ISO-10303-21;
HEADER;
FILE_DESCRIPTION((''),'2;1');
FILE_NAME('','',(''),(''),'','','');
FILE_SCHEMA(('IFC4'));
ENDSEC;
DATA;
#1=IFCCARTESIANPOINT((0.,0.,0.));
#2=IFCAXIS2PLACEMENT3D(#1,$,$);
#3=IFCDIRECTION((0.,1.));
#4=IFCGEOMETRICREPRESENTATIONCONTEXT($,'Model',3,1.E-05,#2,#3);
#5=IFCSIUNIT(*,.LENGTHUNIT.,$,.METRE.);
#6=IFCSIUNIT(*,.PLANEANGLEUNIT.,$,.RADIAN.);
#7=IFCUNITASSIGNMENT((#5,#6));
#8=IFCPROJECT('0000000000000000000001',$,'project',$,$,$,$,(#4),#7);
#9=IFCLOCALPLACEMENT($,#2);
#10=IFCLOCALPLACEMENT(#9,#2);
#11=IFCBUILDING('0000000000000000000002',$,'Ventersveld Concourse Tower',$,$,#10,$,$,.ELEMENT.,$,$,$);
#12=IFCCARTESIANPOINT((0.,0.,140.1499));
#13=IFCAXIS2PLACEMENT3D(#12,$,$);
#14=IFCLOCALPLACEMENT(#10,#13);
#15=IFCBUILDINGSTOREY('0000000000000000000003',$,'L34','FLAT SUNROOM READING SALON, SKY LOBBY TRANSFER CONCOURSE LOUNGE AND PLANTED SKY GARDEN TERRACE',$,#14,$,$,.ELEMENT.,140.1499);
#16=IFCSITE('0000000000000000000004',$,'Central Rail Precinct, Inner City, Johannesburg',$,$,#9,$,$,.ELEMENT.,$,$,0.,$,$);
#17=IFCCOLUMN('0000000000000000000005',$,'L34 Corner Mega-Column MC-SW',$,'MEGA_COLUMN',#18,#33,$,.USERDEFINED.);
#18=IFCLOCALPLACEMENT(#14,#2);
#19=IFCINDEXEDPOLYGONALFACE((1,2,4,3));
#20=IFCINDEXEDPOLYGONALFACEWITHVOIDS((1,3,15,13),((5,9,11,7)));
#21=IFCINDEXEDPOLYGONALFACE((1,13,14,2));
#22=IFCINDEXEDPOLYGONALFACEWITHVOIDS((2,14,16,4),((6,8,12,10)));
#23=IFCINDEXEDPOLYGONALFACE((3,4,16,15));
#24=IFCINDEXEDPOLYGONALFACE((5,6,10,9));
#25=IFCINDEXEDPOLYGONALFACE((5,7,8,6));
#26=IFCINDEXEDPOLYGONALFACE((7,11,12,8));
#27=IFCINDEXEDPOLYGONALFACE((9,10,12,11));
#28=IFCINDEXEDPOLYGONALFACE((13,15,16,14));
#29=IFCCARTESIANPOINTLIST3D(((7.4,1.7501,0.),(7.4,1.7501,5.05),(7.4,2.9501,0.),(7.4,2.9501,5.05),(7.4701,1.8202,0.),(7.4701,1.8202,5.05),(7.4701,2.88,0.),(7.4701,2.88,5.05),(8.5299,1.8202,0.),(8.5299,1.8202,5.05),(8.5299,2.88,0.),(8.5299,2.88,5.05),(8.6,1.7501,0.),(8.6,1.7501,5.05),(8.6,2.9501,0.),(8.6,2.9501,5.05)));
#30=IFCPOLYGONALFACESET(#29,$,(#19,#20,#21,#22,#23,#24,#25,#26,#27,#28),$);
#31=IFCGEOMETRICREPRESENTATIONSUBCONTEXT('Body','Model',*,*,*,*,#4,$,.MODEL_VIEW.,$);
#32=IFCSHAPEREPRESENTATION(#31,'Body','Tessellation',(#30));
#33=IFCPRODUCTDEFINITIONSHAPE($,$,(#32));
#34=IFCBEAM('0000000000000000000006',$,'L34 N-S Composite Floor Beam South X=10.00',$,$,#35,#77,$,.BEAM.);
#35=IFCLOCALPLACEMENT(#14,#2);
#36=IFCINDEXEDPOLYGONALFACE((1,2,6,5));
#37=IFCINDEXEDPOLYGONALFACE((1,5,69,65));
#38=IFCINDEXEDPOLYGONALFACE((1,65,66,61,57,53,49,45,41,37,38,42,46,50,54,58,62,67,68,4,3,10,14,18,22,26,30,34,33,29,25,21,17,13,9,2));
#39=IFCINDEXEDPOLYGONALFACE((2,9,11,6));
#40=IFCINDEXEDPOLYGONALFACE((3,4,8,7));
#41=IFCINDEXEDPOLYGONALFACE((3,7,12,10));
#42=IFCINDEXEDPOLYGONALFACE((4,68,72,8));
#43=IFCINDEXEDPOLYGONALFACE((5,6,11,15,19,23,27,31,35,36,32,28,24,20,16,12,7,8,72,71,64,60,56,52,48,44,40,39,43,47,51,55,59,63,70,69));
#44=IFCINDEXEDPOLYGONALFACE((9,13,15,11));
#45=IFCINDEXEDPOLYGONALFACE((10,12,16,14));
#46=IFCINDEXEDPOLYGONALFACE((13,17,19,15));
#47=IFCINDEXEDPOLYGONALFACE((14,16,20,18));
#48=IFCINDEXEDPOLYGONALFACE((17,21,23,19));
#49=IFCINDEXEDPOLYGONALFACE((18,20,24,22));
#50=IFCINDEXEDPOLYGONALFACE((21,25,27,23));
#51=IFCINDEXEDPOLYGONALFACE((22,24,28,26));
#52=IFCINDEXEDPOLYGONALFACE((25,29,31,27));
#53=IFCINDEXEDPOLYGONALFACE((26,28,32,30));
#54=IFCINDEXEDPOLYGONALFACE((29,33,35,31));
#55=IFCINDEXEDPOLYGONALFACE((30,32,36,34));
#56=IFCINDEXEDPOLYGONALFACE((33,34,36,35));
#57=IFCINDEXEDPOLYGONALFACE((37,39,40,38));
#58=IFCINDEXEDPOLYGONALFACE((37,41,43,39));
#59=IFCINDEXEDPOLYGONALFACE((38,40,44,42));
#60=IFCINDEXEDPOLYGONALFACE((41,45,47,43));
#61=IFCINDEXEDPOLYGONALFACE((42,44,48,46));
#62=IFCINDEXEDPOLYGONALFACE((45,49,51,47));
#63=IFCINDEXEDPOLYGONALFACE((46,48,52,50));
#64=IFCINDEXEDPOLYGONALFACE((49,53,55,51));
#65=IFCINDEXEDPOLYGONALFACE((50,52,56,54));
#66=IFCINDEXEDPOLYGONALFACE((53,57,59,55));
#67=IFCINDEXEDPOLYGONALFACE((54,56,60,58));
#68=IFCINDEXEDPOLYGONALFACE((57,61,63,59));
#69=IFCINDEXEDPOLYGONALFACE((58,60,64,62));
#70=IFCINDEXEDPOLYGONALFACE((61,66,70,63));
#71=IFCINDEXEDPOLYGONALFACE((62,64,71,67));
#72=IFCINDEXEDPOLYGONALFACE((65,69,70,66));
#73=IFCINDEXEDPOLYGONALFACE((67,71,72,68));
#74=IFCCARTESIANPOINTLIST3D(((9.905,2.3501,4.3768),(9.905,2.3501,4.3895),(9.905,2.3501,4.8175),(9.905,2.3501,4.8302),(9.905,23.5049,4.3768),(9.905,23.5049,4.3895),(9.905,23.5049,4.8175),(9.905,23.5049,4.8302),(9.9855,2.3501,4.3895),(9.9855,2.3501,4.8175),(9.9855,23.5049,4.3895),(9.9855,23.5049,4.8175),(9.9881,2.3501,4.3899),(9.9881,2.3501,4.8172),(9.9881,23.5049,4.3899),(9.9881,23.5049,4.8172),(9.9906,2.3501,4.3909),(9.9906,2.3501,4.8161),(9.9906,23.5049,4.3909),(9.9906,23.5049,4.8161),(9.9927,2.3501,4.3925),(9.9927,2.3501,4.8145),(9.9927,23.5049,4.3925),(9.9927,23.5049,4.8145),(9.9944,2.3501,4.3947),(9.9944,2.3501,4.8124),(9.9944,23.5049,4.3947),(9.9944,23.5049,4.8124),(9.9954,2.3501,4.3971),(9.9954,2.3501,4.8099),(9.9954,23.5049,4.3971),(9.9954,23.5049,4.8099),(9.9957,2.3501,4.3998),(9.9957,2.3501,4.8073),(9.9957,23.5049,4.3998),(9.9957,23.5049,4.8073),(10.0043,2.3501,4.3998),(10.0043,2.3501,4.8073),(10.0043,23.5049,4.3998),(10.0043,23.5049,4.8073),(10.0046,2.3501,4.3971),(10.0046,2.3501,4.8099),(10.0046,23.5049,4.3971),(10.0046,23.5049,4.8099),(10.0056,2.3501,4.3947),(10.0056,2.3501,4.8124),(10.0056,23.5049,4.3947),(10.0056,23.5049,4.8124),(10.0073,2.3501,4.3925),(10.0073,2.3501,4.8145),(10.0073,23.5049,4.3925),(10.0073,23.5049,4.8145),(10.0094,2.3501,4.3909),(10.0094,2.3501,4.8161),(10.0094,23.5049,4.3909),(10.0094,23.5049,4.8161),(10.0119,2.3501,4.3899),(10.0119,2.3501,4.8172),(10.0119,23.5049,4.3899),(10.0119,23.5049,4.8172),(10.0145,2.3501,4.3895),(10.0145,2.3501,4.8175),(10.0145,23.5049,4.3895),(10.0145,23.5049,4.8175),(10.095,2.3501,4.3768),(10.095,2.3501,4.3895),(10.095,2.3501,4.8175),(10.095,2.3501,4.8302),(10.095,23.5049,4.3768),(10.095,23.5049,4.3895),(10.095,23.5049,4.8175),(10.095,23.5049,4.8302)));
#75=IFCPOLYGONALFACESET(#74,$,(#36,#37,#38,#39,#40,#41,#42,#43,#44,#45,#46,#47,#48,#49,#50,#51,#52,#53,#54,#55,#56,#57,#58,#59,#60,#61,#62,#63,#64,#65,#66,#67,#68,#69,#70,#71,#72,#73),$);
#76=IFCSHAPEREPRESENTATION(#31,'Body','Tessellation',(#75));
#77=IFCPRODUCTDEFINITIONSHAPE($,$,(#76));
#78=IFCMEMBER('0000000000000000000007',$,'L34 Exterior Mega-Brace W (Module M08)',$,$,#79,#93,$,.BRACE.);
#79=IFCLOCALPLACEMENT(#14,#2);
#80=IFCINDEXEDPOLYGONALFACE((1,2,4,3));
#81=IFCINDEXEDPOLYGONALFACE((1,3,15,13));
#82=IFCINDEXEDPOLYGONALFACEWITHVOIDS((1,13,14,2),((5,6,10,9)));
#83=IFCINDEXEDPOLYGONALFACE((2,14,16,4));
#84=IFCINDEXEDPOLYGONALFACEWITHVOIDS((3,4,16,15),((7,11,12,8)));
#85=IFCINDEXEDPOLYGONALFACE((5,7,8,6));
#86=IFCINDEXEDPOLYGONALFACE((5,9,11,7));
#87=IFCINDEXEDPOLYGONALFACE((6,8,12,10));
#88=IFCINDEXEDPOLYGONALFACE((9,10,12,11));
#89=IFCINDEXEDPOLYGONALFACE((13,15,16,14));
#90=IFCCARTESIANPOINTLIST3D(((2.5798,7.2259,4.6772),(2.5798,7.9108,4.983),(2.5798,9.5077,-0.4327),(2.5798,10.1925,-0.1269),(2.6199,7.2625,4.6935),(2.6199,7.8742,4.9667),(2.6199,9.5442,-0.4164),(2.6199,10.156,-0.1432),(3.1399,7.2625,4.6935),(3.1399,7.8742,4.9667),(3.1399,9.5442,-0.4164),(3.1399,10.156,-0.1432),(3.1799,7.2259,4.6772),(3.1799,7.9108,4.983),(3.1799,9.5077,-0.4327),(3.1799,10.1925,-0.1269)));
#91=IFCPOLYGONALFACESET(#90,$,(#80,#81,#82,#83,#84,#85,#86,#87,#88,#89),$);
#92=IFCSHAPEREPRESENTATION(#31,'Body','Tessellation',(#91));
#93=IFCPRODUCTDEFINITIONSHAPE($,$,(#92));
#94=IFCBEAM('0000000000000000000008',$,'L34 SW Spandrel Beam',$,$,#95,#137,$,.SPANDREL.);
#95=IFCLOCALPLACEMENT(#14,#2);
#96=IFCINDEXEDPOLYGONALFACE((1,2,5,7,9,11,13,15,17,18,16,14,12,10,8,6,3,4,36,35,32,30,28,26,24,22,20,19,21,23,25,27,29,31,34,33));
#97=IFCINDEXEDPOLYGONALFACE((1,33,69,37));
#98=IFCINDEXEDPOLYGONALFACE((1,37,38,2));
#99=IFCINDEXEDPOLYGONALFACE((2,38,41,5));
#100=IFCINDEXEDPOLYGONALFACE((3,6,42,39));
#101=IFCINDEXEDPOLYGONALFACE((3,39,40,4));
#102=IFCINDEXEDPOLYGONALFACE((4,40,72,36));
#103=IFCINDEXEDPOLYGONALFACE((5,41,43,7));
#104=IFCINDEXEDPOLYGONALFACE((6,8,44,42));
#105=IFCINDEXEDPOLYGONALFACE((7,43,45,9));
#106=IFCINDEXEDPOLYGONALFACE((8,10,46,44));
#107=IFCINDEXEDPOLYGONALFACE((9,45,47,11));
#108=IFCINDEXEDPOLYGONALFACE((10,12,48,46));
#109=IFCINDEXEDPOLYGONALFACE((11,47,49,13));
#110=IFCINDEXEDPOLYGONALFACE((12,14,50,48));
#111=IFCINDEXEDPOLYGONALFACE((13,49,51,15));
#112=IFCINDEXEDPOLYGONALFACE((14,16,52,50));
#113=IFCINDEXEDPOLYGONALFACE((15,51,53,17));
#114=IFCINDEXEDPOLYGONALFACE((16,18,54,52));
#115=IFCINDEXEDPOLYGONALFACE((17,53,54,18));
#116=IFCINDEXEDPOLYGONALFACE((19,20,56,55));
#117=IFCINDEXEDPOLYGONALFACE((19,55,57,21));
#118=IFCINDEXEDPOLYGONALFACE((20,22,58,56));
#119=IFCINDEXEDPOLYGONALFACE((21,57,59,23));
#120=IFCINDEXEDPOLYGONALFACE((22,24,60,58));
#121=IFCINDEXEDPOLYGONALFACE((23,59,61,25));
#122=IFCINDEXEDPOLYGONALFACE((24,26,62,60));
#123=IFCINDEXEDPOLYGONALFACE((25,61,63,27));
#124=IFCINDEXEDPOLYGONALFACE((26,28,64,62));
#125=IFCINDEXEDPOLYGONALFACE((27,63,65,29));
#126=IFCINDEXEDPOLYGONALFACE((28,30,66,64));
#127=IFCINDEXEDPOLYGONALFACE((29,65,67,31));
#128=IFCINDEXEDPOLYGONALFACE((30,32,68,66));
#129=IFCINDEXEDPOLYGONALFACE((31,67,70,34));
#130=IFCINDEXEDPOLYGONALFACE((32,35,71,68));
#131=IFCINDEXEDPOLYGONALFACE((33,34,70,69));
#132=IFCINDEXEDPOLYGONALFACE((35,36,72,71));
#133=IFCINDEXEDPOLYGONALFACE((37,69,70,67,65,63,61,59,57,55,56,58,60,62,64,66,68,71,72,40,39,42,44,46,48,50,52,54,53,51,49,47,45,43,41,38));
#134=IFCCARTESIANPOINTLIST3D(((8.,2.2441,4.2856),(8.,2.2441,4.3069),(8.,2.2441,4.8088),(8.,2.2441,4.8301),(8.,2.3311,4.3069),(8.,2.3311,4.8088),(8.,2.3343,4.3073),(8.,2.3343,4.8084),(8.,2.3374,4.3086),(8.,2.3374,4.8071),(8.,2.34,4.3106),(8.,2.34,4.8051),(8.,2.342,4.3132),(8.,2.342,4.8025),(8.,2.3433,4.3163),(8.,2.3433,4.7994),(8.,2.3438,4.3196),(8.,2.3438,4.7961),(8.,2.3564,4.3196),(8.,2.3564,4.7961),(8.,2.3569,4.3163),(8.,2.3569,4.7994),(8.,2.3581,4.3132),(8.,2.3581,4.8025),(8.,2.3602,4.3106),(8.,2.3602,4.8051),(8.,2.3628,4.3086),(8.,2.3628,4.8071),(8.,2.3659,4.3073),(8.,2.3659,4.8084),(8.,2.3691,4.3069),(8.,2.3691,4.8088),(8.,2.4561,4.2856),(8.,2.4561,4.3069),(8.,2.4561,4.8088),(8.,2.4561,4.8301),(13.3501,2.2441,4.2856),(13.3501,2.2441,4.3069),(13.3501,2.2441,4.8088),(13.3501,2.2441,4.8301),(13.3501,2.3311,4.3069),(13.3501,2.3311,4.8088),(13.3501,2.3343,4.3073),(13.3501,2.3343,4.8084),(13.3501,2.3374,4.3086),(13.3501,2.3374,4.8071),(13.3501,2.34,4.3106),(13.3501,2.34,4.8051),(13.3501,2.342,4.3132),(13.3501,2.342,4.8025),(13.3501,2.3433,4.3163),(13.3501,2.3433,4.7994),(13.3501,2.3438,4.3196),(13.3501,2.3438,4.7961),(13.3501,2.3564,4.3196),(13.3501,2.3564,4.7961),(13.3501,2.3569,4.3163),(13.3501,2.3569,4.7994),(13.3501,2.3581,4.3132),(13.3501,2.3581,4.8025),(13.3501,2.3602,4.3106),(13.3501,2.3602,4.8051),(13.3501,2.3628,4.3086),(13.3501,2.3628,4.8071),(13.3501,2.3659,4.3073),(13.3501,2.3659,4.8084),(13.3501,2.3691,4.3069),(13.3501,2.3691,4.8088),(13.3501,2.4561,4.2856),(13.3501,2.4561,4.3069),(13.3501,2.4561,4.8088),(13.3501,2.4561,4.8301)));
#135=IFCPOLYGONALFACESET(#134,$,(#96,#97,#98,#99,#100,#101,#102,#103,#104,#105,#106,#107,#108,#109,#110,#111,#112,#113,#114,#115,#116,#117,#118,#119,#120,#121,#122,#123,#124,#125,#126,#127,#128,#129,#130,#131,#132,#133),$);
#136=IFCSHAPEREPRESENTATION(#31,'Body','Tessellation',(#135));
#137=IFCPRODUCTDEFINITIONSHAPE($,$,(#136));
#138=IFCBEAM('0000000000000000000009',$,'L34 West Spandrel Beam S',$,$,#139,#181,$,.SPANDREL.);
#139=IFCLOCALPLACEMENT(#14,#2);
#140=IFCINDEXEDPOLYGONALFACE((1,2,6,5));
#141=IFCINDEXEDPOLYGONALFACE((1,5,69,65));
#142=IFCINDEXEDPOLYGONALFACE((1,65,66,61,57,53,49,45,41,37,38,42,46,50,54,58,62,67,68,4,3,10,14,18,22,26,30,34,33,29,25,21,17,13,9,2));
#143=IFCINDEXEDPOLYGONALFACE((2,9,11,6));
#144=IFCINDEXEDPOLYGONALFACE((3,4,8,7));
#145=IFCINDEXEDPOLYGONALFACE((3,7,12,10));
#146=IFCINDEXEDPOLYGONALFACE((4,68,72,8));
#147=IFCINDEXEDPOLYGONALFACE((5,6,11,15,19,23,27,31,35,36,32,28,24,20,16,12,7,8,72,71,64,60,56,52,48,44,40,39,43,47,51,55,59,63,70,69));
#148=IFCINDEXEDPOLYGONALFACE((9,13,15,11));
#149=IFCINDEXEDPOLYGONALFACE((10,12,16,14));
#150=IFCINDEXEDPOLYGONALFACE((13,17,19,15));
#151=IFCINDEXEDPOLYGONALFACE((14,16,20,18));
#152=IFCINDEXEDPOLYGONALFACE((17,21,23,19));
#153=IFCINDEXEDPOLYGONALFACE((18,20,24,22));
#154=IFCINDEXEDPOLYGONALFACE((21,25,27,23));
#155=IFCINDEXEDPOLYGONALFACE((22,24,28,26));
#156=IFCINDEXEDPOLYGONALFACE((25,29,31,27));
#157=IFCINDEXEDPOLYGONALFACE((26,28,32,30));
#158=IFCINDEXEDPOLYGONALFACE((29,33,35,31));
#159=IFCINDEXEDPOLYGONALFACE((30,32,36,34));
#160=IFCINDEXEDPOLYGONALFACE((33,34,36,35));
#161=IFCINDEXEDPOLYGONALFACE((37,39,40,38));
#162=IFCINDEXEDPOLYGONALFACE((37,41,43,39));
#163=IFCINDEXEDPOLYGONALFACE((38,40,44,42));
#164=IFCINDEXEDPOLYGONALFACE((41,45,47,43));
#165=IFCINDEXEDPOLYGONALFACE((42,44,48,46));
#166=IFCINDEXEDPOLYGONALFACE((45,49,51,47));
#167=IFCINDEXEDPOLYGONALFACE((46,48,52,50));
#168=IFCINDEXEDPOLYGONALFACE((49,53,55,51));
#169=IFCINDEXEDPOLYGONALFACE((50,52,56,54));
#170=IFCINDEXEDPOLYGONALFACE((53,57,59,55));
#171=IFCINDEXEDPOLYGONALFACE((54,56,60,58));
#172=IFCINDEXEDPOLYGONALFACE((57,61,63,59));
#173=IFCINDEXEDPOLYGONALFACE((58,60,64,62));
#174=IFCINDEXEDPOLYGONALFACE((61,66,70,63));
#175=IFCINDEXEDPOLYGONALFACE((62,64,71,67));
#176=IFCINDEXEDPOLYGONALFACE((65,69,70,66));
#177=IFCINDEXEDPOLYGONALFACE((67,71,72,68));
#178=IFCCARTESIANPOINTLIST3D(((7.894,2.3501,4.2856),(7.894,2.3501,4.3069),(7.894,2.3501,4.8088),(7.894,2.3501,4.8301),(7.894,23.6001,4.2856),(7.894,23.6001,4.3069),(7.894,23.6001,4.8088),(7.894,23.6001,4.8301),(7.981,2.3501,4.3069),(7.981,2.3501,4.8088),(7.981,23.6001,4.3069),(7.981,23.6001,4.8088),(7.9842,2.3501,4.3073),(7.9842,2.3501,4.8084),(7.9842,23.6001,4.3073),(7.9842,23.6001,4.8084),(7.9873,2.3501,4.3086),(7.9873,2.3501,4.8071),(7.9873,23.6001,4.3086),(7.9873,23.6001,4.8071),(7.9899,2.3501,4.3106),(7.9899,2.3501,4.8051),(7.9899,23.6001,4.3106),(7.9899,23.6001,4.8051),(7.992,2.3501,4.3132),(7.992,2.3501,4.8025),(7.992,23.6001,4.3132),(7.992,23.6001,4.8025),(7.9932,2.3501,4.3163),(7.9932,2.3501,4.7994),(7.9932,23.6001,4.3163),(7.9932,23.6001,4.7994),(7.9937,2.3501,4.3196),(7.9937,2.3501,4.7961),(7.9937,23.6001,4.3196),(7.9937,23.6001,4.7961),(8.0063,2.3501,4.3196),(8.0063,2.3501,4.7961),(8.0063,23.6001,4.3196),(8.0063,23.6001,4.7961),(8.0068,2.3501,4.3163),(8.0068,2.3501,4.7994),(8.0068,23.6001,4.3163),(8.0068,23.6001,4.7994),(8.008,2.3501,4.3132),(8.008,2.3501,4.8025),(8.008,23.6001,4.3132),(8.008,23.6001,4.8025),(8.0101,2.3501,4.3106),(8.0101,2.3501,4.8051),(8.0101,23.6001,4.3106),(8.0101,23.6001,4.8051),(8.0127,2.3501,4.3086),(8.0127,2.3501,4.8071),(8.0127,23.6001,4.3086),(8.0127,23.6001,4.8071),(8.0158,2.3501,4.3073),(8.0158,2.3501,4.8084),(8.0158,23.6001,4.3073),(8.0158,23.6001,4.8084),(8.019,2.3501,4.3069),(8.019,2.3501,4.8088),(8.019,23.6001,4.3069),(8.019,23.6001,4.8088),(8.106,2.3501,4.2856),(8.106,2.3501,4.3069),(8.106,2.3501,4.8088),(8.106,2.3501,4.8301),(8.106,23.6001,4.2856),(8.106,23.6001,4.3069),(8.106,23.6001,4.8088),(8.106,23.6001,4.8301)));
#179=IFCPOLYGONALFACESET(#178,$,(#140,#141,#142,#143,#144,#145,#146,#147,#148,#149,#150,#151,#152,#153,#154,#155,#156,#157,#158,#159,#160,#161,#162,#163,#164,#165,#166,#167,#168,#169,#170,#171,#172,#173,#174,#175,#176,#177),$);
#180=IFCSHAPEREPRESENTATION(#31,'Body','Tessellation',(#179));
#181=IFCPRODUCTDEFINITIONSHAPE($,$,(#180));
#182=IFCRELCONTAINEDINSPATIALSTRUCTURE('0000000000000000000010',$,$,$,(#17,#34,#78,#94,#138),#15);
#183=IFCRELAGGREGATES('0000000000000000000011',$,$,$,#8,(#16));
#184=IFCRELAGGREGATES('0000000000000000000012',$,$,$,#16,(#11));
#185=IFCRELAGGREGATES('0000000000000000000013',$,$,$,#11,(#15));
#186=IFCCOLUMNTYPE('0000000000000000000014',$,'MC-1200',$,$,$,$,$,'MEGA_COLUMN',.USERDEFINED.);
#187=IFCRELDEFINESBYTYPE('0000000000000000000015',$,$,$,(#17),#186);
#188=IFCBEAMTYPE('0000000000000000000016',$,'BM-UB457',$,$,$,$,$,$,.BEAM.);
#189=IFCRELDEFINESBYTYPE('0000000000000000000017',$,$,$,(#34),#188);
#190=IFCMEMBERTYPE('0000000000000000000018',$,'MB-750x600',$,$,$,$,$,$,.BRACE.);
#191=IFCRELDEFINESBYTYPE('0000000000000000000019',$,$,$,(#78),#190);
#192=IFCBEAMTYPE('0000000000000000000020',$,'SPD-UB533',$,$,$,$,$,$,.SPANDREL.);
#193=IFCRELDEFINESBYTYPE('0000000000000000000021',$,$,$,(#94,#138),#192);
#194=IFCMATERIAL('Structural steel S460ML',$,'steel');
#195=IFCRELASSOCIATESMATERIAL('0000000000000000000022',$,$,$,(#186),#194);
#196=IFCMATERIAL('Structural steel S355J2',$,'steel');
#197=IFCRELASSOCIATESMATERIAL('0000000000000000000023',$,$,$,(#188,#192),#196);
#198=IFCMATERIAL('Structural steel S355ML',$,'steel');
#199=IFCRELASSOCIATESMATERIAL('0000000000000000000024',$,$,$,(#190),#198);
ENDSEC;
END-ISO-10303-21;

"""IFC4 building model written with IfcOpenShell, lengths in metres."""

from ifc_helpers import new_model, si_unit, direction, frame, origin, origin_2d, place, context, subcontext, project, spatial, hollow_rectangle, i_section, extrude, material, material_profile, profile_set, type_object, element, save


model = new_model("IFC4")

# Units and contexts
model_context = context("Model", 3, precision=1e-05, world=origin(), true_north=direction((0.0, 1.0)))
body_context = subcontext(model_context, "Body", "Model", "MODEL_VIEW")
ifc_project = project(units=[si_unit("LENGTHUNIT", "METRE"), si_unit("PLANEANGLEUNIT", "RADIAN")], contexts=[model_context])

# Site, building, storey
site_placement = place(None, origin())
site = spatial("IfcSite", under=ifc_project, at=site_placement, Name="Central Rail Precinct, Inner City, Johannesburg", CompositionType="ELEMENT", RefElevation=0.0)
building_placement = place(site_placement, origin())
building = spatial("IfcBuilding", under=site, at=building_placement, Name="Ventersveld Concourse Tower", CompositionType="ELEMENT")
storey_placement = place(building_placement, frame((0.0, 0.0, 140.1499)))
storey = spatial("IfcBuildingStorey", under=building, at=storey_placement, Name="L34", Description="FLAT SUNROOM READING SALON, SKY LOBBY TRANSFER CONCOURSE LOUNGE AND PLANTED SKY GARDEN TERRACE", CompositionType="ELEMENT", Elevation=140.1499)

# Column
ifc_material_1 = material(Name="Structural steel S460ML", Category="steel")
ifc_material_profile_1 = material_profile(ifc_material_1, hollow_rectangle(XDim=1.2, YDim=1.2, WallThickness=0.0701, at=origin_2d()), Name="BOX 1200x1200x70")
ifc_profile_set_1 = profile_set([ifc_material_profile_1], Name="Structural steel S460ML")
column_type = type_object("IfcColumnType", Name="MC-1200", ElementType="MEGA_COLUMN", PredefinedType="USERDEFINED", material=ifc_profile_set_1)
column_placement = place(storey_placement, frame((8.0, 2.3501, 0.0), z_axis=(0.0, 0.0, 1.0), x_axis=(1.0, 0.0, 0.0)))
element("IfcColumn", 1, at=column_placement, inside=storey, type_object=column_type, Name="L34 Corner Mega-Column MC-SW", ObjectType="MEGA_COLUMN", PredefinedType="USERDEFINED", context=body_context, shape_type="SweptSolid", body=[
    extrude(hollow_rectangle(XDim=1.2, YDim=1.2, WallThickness=0.0701, at=origin_2d()), origin(), (0.0, 0.0, 1.0), 5.05),
])

# Beam
ifc_material_2 = material(Name="Structural steel S355J2", Category="steel")
ifc_material_profile_2 = material_profile(ifc_material_2, i_section(OverallWidth=0.1899, OverallDepth=0.4534, WebThickness=0.0085, FlangeThickness=0.0127, FilletRadius=0.0103, at=origin_2d()), Name="UB 457x191x67")
ifc_profile_set_2 = profile_set([ifc_material_profile_2], Name="Structural steel S355J2")
beam_type_1 = type_object("IfcBeamType", Name="BM-UB457", PredefinedType="BEAM", material=ifc_profile_set_2)
beam_1_placement = place(storey_placement, frame((10.0, 2.3501, 4.6035), z_axis=(0.0, 1.0, 0.0), x_axis=(-1.0, 0.0, 0.0)))
element("IfcBeam", 2, at=beam_1_placement, inside=storey, type_object=beam_type_1, Name="L34 N-S Composite Floor Beam South X=10.00", PredefinedType="BEAM", context=body_context, shape_type="SweptSolid", body=[
    extrude(i_section(OverallWidth=0.1899, OverallDepth=0.4534, WebThickness=0.0085, FlangeThickness=0.0127, FilletRadius=0.0103, at=origin_2d()), origin(), (0.0, 0.0, 1.0), 21.1548),
])

# Member
ifc_material_3 = material(Name="Structural steel S355ML", Category="steel")
ifc_material_profile_3 = material_profile(ifc_material_3, hollow_rectangle(XDim=0.6001, YDim=0.75, WallThickness=0.04, at=origin_2d()), Name="BOX 750x600x40")
ifc_profile_set_3 = profile_set([ifc_material_profile_3], Name="Structural steel S355ML")
member_type = type_object("IfcMemberType", Name="MB-750x600", PredefinedType="BRACE", material=ifc_profile_set_3)
member_placement = place(storey_placement, frame((2.8799, 9.8501, -0.2798), z_axis=(0.0, -0.407733, 0.913101), x_axis=(1.0, 0.0, 0.0)))
element("IfcMember", 3, at=member_placement, inside=storey, type_object=member_type, Name="L34 Exterior Mega-Brace W (Module M08)", PredefinedType="BRACE", context=body_context, shape_type="SweptSolid", body=[
    extrude(hollow_rectangle(XDim=0.6001, YDim=0.75, WallThickness=0.04, at=origin_2d()), origin(), (0.0, 0.0, 1.0), 5.5962),
])

# Beams
ifc_material_profile_4 = material_profile(ifc_material_2, i_section(OverallWidth=0.2119, OverallDepth=0.5444, WebThickness=0.0127, FlangeThickness=0.0212, FilletRadius=0.0127, at=origin_2d()), Name="UB 533x210x122")
ifc_profile_set_4 = profile_set([ifc_material_profile_4], Name="Structural steel S355J2")
beam_type_2 = type_object("IfcBeamType", Name="SPD-UB533", PredefinedType="SPANDREL", material=ifc_profile_set_4)
beam_2_placement = place(storey_placement, frame((8.0, 2.3501, 4.5579), z_axis=(1.0, 0.0, 0.0), x_axis=(0.0, 1.0, 0.0)))
element("IfcBeam", 4, at=beam_2_placement, inside=storey, type_object=beam_type_2, Name="L34 SW Spandrel Beam", PredefinedType="SPANDREL", context=body_context, shape_type="SweptSolid", body=[
    extrude(i_section(OverallWidth=0.2119, OverallDepth=0.5444, WebThickness=0.0127, FlangeThickness=0.0212, FilletRadius=0.0127, at=origin_2d()), origin(), (0.0, 0.0, 1.0), 5.3501),
])
beam_3_placement = place(storey_placement, frame((8.0, 2.3501, 4.5579), z_axis=(0.0, 1.0, 0.0), x_axis=(-1.0, 0.0, 0.0)))
element("IfcBeam", 5, at=beam_3_placement, inside=storey, type_object=beam_type_2, Name="L34 West Spandrel Beam S", PredefinedType="SPANDREL", context=body_context, shape_type="SweptSolid", body=[
    extrude(i_section(OverallWidth=0.2119, OverallDepth=0.5444, WebThickness=0.0127, FlangeThickness=0.0212, FilletRadius=0.0127, at=origin_2d()), origin(), (0.0, 0.0, 1.0), 21.25),
])

save(model, "model.ifc")
